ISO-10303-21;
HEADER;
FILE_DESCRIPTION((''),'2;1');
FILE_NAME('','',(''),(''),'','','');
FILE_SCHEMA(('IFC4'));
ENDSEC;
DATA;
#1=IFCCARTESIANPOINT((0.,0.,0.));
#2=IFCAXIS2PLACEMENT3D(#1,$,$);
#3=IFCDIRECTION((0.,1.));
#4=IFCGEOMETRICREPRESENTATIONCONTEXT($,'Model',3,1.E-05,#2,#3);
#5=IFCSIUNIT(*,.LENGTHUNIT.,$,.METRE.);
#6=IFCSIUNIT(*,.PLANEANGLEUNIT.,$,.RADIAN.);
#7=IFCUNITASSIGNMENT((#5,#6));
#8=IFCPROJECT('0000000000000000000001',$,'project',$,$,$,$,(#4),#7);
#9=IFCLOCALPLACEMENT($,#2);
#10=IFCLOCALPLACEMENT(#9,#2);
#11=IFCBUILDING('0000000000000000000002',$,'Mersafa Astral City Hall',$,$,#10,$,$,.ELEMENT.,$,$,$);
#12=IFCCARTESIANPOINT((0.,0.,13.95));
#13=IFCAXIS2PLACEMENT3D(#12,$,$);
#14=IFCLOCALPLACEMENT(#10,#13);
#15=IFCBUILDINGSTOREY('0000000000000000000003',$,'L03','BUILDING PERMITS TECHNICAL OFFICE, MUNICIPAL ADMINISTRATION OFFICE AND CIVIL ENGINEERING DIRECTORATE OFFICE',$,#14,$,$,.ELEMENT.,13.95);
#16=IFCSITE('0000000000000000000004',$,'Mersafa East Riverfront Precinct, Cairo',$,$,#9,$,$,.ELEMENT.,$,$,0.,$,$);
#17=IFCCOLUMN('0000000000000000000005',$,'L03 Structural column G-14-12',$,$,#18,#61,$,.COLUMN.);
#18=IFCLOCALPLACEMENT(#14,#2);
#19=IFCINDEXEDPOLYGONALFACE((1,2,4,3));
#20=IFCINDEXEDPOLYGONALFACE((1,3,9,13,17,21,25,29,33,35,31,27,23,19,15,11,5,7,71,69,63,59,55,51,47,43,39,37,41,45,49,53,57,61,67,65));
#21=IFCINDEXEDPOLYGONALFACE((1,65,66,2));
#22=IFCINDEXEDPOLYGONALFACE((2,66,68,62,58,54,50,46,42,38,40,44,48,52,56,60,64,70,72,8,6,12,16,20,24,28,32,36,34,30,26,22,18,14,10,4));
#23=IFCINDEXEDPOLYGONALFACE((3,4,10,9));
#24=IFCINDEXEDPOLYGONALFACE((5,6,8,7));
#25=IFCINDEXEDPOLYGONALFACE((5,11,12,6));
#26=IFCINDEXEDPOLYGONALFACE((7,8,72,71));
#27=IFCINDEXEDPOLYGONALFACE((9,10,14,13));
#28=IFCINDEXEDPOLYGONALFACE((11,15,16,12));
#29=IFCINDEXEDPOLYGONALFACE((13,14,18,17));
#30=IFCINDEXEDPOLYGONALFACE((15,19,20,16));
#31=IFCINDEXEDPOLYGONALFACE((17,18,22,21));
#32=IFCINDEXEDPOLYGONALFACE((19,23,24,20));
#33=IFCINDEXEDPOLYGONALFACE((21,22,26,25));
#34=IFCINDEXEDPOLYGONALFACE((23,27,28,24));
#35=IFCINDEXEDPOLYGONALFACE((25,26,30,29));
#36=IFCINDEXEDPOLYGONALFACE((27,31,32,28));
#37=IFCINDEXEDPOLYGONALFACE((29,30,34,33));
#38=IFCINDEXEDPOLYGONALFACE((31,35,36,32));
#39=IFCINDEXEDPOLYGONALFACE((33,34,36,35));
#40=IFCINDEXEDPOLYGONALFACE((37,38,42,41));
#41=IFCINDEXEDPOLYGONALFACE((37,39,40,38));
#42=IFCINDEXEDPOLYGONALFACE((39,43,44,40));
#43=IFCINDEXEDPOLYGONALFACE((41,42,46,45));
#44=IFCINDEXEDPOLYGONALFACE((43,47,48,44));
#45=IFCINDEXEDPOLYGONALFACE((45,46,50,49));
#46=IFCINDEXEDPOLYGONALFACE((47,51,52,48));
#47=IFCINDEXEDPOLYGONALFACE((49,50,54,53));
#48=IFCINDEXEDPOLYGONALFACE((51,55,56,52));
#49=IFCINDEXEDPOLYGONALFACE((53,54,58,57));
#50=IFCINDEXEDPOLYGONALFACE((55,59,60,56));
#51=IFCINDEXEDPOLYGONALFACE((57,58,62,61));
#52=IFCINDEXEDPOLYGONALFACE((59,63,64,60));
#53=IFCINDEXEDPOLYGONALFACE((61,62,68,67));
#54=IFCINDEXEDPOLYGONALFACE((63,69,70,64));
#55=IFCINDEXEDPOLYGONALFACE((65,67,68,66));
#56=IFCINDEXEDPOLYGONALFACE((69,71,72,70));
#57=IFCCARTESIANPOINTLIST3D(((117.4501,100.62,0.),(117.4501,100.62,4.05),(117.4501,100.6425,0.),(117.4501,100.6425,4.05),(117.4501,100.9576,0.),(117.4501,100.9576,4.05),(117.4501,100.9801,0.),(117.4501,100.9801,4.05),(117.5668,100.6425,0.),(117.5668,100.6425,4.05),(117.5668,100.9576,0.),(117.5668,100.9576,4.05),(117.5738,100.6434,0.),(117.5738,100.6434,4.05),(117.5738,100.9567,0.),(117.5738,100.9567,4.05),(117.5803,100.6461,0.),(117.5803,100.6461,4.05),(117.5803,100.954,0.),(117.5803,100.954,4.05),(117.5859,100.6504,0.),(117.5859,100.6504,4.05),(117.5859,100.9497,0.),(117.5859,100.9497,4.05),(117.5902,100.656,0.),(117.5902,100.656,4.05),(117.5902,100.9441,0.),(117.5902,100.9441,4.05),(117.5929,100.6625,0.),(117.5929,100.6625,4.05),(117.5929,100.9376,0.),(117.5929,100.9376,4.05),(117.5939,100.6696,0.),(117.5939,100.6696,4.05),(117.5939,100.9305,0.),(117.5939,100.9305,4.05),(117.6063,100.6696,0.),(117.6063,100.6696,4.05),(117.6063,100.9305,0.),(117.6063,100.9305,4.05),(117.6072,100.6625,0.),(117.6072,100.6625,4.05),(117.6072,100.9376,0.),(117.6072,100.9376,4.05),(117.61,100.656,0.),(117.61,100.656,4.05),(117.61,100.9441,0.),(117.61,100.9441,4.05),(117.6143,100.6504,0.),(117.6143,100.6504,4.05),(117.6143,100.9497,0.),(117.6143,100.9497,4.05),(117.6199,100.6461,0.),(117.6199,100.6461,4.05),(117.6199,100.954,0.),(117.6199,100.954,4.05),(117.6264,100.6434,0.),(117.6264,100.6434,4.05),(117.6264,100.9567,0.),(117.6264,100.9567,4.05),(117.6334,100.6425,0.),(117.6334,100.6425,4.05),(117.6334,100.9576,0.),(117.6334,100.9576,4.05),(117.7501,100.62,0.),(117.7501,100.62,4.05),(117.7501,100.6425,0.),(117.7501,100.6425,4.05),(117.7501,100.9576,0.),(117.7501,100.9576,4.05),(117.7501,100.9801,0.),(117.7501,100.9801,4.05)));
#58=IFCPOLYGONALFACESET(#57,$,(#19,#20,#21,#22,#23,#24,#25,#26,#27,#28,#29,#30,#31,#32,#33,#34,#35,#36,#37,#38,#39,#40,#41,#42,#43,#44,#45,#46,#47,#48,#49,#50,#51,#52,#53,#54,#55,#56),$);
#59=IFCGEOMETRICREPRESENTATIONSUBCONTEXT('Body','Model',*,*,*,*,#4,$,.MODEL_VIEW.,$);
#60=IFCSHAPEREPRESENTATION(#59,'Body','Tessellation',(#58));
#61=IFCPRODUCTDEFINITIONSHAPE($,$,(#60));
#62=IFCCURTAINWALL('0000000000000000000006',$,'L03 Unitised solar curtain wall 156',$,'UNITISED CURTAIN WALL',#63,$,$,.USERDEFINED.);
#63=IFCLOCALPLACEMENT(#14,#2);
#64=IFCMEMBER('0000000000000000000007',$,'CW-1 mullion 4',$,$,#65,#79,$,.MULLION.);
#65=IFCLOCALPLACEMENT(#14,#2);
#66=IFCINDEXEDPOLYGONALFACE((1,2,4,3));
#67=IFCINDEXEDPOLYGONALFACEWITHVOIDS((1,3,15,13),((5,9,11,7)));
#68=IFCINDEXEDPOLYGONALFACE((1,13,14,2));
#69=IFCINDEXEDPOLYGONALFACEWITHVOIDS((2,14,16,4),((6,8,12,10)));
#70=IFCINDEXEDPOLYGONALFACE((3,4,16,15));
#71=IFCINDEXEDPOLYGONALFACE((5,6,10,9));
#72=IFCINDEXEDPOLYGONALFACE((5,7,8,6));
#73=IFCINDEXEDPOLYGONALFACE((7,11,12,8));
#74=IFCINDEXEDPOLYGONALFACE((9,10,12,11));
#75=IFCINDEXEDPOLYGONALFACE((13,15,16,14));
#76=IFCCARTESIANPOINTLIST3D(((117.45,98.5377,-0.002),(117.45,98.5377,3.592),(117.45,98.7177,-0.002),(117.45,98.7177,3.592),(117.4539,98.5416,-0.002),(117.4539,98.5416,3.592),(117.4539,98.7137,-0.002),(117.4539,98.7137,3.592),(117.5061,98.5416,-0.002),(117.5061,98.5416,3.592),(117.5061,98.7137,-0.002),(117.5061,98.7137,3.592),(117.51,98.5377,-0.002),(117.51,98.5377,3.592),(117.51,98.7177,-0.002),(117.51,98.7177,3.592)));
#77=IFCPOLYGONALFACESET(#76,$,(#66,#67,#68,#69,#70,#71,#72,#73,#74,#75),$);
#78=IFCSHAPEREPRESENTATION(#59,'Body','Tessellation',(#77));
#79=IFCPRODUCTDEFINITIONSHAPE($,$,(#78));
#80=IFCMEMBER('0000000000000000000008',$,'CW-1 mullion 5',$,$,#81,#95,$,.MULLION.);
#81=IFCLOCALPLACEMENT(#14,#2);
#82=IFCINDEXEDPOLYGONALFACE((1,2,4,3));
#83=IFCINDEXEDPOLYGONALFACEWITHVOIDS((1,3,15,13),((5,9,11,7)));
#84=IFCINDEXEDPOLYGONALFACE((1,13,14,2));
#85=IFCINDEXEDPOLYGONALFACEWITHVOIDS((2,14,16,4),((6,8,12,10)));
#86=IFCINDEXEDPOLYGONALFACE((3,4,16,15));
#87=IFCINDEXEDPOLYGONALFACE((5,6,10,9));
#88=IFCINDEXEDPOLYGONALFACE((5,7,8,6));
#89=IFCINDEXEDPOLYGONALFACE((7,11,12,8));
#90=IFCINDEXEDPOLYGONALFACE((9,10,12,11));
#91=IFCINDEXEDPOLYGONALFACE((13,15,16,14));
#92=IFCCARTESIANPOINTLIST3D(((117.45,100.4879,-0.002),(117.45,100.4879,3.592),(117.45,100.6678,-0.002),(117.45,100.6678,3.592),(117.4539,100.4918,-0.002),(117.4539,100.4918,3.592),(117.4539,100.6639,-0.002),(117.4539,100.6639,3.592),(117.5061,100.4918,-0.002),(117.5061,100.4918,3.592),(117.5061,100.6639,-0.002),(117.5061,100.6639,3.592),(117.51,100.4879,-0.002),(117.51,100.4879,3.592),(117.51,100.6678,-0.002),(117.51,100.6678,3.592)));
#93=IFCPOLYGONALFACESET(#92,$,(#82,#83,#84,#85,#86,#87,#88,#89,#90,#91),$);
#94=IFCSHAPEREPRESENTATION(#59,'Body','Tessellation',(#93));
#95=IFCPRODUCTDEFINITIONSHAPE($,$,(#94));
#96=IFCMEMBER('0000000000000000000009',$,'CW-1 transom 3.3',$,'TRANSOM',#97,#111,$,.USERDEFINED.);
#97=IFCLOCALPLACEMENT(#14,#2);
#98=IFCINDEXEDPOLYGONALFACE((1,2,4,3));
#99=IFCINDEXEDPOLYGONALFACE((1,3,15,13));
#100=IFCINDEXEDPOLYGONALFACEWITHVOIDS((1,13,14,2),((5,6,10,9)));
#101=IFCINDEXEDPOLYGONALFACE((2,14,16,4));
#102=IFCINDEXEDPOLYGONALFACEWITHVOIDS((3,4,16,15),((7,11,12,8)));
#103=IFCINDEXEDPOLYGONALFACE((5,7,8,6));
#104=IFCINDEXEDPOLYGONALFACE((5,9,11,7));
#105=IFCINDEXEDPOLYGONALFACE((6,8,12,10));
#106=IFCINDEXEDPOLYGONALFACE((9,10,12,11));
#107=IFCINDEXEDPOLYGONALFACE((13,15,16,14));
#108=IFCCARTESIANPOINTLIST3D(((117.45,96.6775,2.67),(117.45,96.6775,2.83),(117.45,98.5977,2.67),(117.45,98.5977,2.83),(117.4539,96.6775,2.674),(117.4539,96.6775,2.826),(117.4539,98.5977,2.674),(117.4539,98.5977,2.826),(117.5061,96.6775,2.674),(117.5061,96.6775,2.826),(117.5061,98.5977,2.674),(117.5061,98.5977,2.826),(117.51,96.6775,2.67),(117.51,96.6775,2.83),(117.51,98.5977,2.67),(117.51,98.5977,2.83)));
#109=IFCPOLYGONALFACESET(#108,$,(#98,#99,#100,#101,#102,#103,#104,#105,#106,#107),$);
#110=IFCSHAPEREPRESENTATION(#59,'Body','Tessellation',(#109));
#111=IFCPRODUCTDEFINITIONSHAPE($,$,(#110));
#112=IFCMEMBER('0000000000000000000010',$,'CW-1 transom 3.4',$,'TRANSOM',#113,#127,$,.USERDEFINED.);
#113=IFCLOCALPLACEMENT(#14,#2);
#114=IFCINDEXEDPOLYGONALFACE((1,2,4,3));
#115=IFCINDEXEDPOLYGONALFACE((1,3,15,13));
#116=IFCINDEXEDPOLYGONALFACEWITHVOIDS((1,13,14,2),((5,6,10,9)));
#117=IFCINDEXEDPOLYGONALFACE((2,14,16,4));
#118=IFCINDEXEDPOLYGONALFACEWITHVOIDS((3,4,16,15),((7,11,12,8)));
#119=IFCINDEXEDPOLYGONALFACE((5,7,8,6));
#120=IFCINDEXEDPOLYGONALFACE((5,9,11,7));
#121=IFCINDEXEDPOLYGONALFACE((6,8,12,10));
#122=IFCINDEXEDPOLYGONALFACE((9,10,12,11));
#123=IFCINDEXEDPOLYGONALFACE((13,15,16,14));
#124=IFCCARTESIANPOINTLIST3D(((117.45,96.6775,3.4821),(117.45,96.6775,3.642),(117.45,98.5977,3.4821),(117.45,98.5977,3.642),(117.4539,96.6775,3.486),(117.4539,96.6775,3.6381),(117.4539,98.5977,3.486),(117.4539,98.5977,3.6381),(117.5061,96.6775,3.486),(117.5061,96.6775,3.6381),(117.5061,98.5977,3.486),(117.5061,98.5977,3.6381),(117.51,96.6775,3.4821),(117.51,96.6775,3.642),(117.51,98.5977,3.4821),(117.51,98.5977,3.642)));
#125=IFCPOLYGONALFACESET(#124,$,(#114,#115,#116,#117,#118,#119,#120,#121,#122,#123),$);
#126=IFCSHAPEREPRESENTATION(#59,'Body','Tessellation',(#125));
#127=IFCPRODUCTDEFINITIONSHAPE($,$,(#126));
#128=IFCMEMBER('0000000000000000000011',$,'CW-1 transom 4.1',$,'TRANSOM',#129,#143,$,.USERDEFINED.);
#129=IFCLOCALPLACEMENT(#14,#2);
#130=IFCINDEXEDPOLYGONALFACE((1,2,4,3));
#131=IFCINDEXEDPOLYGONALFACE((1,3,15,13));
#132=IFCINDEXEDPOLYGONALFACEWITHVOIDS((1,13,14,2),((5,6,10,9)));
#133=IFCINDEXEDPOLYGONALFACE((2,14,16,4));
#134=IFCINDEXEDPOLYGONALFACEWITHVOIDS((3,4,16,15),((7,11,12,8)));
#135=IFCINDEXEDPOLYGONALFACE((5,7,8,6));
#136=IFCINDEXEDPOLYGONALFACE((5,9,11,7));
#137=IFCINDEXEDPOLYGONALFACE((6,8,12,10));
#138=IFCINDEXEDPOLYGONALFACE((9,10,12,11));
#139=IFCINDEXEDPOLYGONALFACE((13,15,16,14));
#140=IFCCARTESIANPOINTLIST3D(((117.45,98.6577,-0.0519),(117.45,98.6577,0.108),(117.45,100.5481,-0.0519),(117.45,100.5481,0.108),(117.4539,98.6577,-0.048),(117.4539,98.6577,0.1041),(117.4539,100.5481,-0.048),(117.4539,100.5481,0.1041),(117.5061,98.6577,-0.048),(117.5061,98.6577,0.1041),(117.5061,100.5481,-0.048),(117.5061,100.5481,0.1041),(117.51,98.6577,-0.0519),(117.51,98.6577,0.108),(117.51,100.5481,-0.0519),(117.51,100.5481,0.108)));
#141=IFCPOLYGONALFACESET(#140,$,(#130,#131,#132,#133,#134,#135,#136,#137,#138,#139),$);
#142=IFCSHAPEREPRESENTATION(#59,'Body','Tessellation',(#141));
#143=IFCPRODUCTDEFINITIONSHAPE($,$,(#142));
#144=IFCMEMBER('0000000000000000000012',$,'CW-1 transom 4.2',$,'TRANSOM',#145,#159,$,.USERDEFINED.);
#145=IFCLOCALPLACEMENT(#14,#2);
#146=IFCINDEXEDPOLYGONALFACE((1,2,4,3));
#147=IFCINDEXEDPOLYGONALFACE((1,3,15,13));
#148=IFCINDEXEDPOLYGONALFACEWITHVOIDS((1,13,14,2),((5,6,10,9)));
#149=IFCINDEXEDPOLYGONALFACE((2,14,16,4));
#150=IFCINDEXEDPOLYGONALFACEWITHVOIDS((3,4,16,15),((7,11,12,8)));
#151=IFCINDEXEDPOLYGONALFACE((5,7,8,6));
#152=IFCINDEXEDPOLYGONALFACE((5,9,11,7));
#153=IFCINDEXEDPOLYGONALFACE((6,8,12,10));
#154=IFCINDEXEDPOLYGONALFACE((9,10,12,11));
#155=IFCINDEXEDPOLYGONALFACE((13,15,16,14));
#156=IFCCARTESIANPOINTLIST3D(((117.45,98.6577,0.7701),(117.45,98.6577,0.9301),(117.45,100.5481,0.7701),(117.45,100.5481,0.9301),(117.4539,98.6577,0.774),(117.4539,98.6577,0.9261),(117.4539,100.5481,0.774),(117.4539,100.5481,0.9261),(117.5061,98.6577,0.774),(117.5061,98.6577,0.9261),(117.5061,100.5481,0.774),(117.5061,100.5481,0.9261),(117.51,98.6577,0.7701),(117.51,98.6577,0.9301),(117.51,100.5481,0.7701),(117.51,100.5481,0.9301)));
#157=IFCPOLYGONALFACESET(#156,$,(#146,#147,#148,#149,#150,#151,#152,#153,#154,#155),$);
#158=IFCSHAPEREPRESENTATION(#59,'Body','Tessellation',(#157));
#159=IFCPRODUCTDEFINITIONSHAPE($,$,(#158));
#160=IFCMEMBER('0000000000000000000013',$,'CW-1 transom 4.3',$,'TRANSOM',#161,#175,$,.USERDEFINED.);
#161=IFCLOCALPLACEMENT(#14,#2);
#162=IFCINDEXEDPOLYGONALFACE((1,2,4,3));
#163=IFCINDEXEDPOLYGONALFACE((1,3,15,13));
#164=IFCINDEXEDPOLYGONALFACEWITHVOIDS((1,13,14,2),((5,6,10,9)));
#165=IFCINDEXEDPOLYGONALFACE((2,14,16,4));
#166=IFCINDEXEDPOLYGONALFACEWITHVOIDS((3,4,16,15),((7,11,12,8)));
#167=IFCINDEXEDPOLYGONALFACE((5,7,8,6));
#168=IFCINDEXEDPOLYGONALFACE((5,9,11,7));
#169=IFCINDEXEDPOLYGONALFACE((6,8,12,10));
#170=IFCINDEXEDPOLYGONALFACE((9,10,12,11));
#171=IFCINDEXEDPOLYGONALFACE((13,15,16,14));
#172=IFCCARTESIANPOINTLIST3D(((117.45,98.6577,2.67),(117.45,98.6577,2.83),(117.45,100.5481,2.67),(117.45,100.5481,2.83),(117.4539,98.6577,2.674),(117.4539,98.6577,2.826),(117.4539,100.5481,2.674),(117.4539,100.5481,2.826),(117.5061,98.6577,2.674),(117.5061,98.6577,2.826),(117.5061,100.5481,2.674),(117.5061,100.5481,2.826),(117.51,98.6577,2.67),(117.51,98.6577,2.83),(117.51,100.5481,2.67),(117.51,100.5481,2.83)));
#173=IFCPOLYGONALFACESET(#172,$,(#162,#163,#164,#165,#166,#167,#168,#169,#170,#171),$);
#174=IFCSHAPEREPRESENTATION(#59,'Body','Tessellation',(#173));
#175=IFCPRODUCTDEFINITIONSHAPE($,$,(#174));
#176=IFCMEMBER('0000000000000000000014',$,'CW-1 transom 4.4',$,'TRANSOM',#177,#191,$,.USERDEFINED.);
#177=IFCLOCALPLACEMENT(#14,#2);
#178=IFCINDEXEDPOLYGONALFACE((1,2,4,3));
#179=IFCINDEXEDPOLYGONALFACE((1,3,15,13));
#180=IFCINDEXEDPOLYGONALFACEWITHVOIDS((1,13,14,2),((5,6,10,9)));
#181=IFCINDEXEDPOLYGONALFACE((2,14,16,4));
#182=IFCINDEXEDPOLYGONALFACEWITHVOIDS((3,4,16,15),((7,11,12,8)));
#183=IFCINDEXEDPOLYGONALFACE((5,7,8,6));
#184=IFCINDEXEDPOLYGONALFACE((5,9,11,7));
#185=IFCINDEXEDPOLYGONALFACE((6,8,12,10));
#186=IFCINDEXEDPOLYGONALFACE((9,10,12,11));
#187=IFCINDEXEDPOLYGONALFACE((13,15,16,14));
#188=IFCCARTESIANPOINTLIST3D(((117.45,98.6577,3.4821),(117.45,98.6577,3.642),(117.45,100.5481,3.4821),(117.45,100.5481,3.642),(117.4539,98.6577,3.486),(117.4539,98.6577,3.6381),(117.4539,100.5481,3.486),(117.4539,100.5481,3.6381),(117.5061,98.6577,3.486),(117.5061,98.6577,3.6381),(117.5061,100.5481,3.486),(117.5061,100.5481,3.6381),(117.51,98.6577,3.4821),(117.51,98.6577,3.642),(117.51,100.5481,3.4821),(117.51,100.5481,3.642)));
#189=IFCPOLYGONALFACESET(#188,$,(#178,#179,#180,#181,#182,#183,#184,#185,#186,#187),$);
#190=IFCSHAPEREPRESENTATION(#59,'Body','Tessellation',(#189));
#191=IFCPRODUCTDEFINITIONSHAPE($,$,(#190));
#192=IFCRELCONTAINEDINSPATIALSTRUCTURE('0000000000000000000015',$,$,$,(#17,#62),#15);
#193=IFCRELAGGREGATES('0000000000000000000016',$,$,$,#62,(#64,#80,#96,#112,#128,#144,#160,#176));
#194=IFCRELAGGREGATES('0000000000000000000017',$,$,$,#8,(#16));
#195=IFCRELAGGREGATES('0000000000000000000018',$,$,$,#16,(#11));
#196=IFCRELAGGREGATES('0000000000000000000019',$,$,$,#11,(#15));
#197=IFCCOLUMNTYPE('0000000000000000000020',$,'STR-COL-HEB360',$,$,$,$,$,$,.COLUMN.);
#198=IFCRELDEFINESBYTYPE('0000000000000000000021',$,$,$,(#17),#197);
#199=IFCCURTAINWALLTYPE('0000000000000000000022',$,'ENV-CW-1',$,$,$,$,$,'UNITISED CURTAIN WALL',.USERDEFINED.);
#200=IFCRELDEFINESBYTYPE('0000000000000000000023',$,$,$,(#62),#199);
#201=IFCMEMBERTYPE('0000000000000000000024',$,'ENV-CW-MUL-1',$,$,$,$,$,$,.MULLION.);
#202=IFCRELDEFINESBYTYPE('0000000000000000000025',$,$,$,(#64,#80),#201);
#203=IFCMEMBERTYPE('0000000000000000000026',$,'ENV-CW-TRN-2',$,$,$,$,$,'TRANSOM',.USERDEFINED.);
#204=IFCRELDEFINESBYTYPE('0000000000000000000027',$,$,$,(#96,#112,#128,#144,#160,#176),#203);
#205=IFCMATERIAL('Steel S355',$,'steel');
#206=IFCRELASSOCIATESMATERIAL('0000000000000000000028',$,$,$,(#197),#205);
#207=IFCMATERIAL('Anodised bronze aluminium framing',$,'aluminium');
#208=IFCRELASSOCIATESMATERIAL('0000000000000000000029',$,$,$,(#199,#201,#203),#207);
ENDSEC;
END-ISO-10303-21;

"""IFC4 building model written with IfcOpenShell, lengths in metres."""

from ifc_helpers import new_model, si_unit, direction, frame, origin, origin_2d, place, context, subcontext, project, spatial, hollow_rectangle, i_section, extrude, material, material_profile, profile_set, type_object, element, aggregate, save


model = new_model("IFC4")

# Units and contexts
model_context = context("Model", 3, precision=1e-05, world=origin(), true_north=direction((0.0, 1.0)))
body_context = subcontext(model_context, "Body", "Model", "MODEL_VIEW")
ifc_project = project(units=[si_unit("LENGTHUNIT", "METRE"), si_unit("PLANEANGLEUNIT", "RADIAN")], contexts=[model_context])

# Site, building, storey
site_placement = place(None, origin())
site = spatial("IfcSite", under=ifc_project, at=site_placement, Name="Mersafa East Riverfront Precinct, Cairo", CompositionType="ELEMENT", RefElevation=0.0)
building_placement = place(site_placement, origin())
building = spatial("IfcBuilding", under=site, at=building_placement, Name="Mersafa Astral City Hall", CompositionType="ELEMENT")
storey_placement = place(building_placement, frame((0.0, 0.0, 13.95)))
storey = spatial("IfcBuildingStorey", under=building, at=storey_placement, Name="L03", Description="BUILDING PERMITS TECHNICAL OFFICE, MUNICIPAL ADMINISTRATION OFFICE AND CIVIL ENGINEERING DIRECTORATE OFFICE", CompositionType="ELEMENT", Elevation=13.95)

# Column
ifc_material_1 = material(Name="Steel S355", Category="steel")
ifc_material_profile_1 = material_profile(ifc_material_1, i_section(OverallWidth=0.3, OverallDepth=0.3601, WebThickness=0.0125, FlangeThickness=0.0225, FilletRadius=0.0271, at=origin_2d()), Name="HEB 360")
ifc_profile_set_1 = profile_set([ifc_material_profile_1], Name="Steel S355")
column_type = type_object("IfcColumnType", Name="STR-COL-HEB360", PredefinedType="COLUMN", material=ifc_profile_set_1)
column_placement = place(storey_placement, frame((117.6001, 100.8, 0.0), z_axis=(0.0, 0.0, 1.0), x_axis=(1.0, 0.0, 0.0)))
element("IfcColumn", 1, at=column_placement, inside=storey, type_object=column_type, Name="L03 Structural column G-14-12", PredefinedType="COLUMN", context=body_context, shape_type="SweptSolid", body=[
    extrude(i_section(OverallWidth=0.3, OverallDepth=0.3601, WebThickness=0.0125, FlangeThickness=0.0225, FilletRadius=0.0271, at=origin_2d()), origin(), (0.0, 0.0, 1.0), 4.05),
])

# Curtain wall, members
ifc_material_2 = material(Name="Anodised bronze aluminium framing", Category="aluminium")
curtain_wall_type = type_object("IfcCurtainWallType", Name="ENV-CW-1", ElementType="UNITISED CURTAIN WALL", PredefinedType="USERDEFINED", material=ifc_material_2)
curtain_wall_placement = place(storey_placement, origin())
curtain_wall = element("IfcCurtainWall", 2, at=curtain_wall_placement, inside=storey, type_object=curtain_wall_type, Name="L03 Unitised solar curtain wall 156", ObjectType="UNITISED CURTAIN WALL", PredefinedType="USERDEFINED")
ifc_material_profile_2 = material_profile(ifc_material_2, hollow_rectangle(XDim=0.0601, YDim=0.1799, WallThickness=0.0039, at=origin_2d()), Name="RHS 60x180x4")
ifc_profile_set_2 = profile_set([ifc_material_profile_2], Name="Anodised bronze aluminium framing")
member_type_1 = type_object("IfcMemberType", Name="ENV-CW-MUL-1", PredefinedType="MULLION", material=ifc_profile_set_2)
member_1_placement = place(storey_placement, frame((117.48, 98.6277, -0.002), z_axis=(0.0, 0.0, 1.0), x_axis=(-1.0, 0.0, 0.0)))
member_1 = element("IfcMember", 3, at=member_1_placement, type_object=member_type_1, Name="CW-1 mullion 4", PredefinedType="MULLION", context=body_context, shape_type="SweptSolid", body=[
    extrude(hollow_rectangle(XDim=0.0601, YDim=0.1799, WallThickness=0.0039, at=origin_2d()), origin(), (0.0, 0.0, 1.0), 3.594),
])
member_2_placement = place(storey_placement, frame((117.48, 100.5779, -0.002), z_axis=(0.0, 0.0, 1.0), x_axis=(-1.0, 0.0, 0.0)))
member_2 = element("IfcMember", 4, at=member_2_placement, type_object=member_type_1, Name="CW-1 mullion 5", PredefinedType="MULLION", context=body_context, shape_type="SweptSolid", body=[
    extrude(hollow_rectangle(XDim=0.0601, YDim=0.1799, WallThickness=0.0039, at=origin_2d()), origin(), (0.0, 0.0, 1.0), 3.594),
])
ifc_material_profile_3 = material_profile(ifc_material_2, hollow_rectangle(XDim=0.0601, YDim=0.1599, WallThickness=0.0039, at=origin_2d()), Name="RHS 60x160x4")
ifc_profile_set_3 = profile_set([ifc_material_profile_3], Name="Anodised bronze aluminium framing")
member_type_2 = type_object("IfcMemberType", Name="ENV-CW-TRN-2", ElementType="TRANSOM", PredefinedType="USERDEFINED", material=ifc_profile_set_3)
member_3_placement = place(storey_placement, frame((117.48, 96.6775, 2.75), z_axis=(0.0, 1.0, 0.0), x_axis=(-1.0, 0.0, 0.0)))
member_3 = element("IfcMember", 5, at=member_3_placement, type_object=member_type_2, Name="CW-1 transom 3.3", ObjectType="TRANSOM", PredefinedType="USERDEFINED", context=body_context, shape_type="SweptSolid", body=[
    extrude(hollow_rectangle(XDim=0.0601, YDim=0.1599, WallThickness=0.0039, at=origin_2d()), origin(), (0.0, 0.0, 1.0), 1.9202),
])
member_4_placement = place(storey_placement, frame((117.48, 96.6775, 3.562), z_axis=(0.0, 1.0, 0.0), x_axis=(-1.0, 0.0, 0.0)))
member_4 = element("IfcMember", 6, at=member_4_placement, type_object=member_type_2, Name="CW-1 transom 3.4", ObjectType="TRANSOM", PredefinedType="USERDEFINED", context=body_context, shape_type="SweptSolid", body=[
    extrude(hollow_rectangle(XDim=0.0601, YDim=0.1599, WallThickness=0.0039, at=origin_2d()), origin(), (0.0, 0.0, 1.0), 1.9202),
])
member_5_placement = place(storey_placement, frame((117.48, 98.6577, 0.0281), z_axis=(0.0, 1.0, 0.0), x_axis=(-1.0, 0.0, 0.0)))
member_5 = element("IfcMember", 7, at=member_5_placement, type_object=member_type_2, Name="CW-1 transom 4.1", ObjectType="TRANSOM", PredefinedType="USERDEFINED", context=body_context, shape_type="SweptSolid", body=[
    extrude(hollow_rectangle(XDim=0.0601, YDim=0.1599, WallThickness=0.0039, at=origin_2d()), origin(), (0.0, 0.0, 1.0), 1.8904),
])
member_6_placement = place(storey_placement, frame((117.48, 98.6577, 0.8501), z_axis=(0.0, 1.0, 0.0), x_axis=(-1.0, 0.0, 0.0)))
member_6 = element("IfcMember", 8, at=member_6_placement, type_object=member_type_2, Name="CW-1 transom 4.2", ObjectType="TRANSOM", PredefinedType="USERDEFINED", context=body_context, shape_type="SweptSolid", body=[
    extrude(hollow_rectangle(XDim=0.0601, YDim=0.1599, WallThickness=0.0039, at=origin_2d()), origin(), (0.0, 0.0, 1.0), 1.8904),
])
member_7_placement = place(storey_placement, frame((117.48, 98.6577, 2.75), z_axis=(0.0, 1.0, 0.0), x_axis=(-1.0, 0.0, 0.0)))
member_7 = element("IfcMember", 9, at=member_7_placement, type_object=member_type_2, Name="CW-1 transom 4.3", ObjectType="TRANSOM", PredefinedType="USERDEFINED", context=body_context, shape_type="SweptSolid", body=[
    extrude(hollow_rectangle(XDim=0.0601, YDim=0.1599, WallThickness=0.0039, at=origin_2d()), origin(), (0.0, 0.0, 1.0), 1.8904),
])
member_8_placement = place(storey_placement, frame((117.48, 98.6577, 3.562), z_axis=(0.0, 1.0, 0.0), x_axis=(-1.0, 0.0, 0.0)))
member_8 = element("IfcMember", 10, at=member_8_placement, type_object=member_type_2, Name="CW-1 transom 4.4", ObjectType="TRANSOM", PredefinedType="USERDEFINED", context=body_context, shape_type="SweptSolid", body=[
    extrude(hollow_rectangle(XDim=0.0601, YDim=0.1599, WallThickness=0.0039, at=origin_2d()), origin(), (0.0, 0.0, 1.0), 1.8904),
])

aggregate(curtain_wall, [member_1, member_2, member_3, member_4, member_5, member_6, member_7, member_8])

save(model, "model.ifc")
